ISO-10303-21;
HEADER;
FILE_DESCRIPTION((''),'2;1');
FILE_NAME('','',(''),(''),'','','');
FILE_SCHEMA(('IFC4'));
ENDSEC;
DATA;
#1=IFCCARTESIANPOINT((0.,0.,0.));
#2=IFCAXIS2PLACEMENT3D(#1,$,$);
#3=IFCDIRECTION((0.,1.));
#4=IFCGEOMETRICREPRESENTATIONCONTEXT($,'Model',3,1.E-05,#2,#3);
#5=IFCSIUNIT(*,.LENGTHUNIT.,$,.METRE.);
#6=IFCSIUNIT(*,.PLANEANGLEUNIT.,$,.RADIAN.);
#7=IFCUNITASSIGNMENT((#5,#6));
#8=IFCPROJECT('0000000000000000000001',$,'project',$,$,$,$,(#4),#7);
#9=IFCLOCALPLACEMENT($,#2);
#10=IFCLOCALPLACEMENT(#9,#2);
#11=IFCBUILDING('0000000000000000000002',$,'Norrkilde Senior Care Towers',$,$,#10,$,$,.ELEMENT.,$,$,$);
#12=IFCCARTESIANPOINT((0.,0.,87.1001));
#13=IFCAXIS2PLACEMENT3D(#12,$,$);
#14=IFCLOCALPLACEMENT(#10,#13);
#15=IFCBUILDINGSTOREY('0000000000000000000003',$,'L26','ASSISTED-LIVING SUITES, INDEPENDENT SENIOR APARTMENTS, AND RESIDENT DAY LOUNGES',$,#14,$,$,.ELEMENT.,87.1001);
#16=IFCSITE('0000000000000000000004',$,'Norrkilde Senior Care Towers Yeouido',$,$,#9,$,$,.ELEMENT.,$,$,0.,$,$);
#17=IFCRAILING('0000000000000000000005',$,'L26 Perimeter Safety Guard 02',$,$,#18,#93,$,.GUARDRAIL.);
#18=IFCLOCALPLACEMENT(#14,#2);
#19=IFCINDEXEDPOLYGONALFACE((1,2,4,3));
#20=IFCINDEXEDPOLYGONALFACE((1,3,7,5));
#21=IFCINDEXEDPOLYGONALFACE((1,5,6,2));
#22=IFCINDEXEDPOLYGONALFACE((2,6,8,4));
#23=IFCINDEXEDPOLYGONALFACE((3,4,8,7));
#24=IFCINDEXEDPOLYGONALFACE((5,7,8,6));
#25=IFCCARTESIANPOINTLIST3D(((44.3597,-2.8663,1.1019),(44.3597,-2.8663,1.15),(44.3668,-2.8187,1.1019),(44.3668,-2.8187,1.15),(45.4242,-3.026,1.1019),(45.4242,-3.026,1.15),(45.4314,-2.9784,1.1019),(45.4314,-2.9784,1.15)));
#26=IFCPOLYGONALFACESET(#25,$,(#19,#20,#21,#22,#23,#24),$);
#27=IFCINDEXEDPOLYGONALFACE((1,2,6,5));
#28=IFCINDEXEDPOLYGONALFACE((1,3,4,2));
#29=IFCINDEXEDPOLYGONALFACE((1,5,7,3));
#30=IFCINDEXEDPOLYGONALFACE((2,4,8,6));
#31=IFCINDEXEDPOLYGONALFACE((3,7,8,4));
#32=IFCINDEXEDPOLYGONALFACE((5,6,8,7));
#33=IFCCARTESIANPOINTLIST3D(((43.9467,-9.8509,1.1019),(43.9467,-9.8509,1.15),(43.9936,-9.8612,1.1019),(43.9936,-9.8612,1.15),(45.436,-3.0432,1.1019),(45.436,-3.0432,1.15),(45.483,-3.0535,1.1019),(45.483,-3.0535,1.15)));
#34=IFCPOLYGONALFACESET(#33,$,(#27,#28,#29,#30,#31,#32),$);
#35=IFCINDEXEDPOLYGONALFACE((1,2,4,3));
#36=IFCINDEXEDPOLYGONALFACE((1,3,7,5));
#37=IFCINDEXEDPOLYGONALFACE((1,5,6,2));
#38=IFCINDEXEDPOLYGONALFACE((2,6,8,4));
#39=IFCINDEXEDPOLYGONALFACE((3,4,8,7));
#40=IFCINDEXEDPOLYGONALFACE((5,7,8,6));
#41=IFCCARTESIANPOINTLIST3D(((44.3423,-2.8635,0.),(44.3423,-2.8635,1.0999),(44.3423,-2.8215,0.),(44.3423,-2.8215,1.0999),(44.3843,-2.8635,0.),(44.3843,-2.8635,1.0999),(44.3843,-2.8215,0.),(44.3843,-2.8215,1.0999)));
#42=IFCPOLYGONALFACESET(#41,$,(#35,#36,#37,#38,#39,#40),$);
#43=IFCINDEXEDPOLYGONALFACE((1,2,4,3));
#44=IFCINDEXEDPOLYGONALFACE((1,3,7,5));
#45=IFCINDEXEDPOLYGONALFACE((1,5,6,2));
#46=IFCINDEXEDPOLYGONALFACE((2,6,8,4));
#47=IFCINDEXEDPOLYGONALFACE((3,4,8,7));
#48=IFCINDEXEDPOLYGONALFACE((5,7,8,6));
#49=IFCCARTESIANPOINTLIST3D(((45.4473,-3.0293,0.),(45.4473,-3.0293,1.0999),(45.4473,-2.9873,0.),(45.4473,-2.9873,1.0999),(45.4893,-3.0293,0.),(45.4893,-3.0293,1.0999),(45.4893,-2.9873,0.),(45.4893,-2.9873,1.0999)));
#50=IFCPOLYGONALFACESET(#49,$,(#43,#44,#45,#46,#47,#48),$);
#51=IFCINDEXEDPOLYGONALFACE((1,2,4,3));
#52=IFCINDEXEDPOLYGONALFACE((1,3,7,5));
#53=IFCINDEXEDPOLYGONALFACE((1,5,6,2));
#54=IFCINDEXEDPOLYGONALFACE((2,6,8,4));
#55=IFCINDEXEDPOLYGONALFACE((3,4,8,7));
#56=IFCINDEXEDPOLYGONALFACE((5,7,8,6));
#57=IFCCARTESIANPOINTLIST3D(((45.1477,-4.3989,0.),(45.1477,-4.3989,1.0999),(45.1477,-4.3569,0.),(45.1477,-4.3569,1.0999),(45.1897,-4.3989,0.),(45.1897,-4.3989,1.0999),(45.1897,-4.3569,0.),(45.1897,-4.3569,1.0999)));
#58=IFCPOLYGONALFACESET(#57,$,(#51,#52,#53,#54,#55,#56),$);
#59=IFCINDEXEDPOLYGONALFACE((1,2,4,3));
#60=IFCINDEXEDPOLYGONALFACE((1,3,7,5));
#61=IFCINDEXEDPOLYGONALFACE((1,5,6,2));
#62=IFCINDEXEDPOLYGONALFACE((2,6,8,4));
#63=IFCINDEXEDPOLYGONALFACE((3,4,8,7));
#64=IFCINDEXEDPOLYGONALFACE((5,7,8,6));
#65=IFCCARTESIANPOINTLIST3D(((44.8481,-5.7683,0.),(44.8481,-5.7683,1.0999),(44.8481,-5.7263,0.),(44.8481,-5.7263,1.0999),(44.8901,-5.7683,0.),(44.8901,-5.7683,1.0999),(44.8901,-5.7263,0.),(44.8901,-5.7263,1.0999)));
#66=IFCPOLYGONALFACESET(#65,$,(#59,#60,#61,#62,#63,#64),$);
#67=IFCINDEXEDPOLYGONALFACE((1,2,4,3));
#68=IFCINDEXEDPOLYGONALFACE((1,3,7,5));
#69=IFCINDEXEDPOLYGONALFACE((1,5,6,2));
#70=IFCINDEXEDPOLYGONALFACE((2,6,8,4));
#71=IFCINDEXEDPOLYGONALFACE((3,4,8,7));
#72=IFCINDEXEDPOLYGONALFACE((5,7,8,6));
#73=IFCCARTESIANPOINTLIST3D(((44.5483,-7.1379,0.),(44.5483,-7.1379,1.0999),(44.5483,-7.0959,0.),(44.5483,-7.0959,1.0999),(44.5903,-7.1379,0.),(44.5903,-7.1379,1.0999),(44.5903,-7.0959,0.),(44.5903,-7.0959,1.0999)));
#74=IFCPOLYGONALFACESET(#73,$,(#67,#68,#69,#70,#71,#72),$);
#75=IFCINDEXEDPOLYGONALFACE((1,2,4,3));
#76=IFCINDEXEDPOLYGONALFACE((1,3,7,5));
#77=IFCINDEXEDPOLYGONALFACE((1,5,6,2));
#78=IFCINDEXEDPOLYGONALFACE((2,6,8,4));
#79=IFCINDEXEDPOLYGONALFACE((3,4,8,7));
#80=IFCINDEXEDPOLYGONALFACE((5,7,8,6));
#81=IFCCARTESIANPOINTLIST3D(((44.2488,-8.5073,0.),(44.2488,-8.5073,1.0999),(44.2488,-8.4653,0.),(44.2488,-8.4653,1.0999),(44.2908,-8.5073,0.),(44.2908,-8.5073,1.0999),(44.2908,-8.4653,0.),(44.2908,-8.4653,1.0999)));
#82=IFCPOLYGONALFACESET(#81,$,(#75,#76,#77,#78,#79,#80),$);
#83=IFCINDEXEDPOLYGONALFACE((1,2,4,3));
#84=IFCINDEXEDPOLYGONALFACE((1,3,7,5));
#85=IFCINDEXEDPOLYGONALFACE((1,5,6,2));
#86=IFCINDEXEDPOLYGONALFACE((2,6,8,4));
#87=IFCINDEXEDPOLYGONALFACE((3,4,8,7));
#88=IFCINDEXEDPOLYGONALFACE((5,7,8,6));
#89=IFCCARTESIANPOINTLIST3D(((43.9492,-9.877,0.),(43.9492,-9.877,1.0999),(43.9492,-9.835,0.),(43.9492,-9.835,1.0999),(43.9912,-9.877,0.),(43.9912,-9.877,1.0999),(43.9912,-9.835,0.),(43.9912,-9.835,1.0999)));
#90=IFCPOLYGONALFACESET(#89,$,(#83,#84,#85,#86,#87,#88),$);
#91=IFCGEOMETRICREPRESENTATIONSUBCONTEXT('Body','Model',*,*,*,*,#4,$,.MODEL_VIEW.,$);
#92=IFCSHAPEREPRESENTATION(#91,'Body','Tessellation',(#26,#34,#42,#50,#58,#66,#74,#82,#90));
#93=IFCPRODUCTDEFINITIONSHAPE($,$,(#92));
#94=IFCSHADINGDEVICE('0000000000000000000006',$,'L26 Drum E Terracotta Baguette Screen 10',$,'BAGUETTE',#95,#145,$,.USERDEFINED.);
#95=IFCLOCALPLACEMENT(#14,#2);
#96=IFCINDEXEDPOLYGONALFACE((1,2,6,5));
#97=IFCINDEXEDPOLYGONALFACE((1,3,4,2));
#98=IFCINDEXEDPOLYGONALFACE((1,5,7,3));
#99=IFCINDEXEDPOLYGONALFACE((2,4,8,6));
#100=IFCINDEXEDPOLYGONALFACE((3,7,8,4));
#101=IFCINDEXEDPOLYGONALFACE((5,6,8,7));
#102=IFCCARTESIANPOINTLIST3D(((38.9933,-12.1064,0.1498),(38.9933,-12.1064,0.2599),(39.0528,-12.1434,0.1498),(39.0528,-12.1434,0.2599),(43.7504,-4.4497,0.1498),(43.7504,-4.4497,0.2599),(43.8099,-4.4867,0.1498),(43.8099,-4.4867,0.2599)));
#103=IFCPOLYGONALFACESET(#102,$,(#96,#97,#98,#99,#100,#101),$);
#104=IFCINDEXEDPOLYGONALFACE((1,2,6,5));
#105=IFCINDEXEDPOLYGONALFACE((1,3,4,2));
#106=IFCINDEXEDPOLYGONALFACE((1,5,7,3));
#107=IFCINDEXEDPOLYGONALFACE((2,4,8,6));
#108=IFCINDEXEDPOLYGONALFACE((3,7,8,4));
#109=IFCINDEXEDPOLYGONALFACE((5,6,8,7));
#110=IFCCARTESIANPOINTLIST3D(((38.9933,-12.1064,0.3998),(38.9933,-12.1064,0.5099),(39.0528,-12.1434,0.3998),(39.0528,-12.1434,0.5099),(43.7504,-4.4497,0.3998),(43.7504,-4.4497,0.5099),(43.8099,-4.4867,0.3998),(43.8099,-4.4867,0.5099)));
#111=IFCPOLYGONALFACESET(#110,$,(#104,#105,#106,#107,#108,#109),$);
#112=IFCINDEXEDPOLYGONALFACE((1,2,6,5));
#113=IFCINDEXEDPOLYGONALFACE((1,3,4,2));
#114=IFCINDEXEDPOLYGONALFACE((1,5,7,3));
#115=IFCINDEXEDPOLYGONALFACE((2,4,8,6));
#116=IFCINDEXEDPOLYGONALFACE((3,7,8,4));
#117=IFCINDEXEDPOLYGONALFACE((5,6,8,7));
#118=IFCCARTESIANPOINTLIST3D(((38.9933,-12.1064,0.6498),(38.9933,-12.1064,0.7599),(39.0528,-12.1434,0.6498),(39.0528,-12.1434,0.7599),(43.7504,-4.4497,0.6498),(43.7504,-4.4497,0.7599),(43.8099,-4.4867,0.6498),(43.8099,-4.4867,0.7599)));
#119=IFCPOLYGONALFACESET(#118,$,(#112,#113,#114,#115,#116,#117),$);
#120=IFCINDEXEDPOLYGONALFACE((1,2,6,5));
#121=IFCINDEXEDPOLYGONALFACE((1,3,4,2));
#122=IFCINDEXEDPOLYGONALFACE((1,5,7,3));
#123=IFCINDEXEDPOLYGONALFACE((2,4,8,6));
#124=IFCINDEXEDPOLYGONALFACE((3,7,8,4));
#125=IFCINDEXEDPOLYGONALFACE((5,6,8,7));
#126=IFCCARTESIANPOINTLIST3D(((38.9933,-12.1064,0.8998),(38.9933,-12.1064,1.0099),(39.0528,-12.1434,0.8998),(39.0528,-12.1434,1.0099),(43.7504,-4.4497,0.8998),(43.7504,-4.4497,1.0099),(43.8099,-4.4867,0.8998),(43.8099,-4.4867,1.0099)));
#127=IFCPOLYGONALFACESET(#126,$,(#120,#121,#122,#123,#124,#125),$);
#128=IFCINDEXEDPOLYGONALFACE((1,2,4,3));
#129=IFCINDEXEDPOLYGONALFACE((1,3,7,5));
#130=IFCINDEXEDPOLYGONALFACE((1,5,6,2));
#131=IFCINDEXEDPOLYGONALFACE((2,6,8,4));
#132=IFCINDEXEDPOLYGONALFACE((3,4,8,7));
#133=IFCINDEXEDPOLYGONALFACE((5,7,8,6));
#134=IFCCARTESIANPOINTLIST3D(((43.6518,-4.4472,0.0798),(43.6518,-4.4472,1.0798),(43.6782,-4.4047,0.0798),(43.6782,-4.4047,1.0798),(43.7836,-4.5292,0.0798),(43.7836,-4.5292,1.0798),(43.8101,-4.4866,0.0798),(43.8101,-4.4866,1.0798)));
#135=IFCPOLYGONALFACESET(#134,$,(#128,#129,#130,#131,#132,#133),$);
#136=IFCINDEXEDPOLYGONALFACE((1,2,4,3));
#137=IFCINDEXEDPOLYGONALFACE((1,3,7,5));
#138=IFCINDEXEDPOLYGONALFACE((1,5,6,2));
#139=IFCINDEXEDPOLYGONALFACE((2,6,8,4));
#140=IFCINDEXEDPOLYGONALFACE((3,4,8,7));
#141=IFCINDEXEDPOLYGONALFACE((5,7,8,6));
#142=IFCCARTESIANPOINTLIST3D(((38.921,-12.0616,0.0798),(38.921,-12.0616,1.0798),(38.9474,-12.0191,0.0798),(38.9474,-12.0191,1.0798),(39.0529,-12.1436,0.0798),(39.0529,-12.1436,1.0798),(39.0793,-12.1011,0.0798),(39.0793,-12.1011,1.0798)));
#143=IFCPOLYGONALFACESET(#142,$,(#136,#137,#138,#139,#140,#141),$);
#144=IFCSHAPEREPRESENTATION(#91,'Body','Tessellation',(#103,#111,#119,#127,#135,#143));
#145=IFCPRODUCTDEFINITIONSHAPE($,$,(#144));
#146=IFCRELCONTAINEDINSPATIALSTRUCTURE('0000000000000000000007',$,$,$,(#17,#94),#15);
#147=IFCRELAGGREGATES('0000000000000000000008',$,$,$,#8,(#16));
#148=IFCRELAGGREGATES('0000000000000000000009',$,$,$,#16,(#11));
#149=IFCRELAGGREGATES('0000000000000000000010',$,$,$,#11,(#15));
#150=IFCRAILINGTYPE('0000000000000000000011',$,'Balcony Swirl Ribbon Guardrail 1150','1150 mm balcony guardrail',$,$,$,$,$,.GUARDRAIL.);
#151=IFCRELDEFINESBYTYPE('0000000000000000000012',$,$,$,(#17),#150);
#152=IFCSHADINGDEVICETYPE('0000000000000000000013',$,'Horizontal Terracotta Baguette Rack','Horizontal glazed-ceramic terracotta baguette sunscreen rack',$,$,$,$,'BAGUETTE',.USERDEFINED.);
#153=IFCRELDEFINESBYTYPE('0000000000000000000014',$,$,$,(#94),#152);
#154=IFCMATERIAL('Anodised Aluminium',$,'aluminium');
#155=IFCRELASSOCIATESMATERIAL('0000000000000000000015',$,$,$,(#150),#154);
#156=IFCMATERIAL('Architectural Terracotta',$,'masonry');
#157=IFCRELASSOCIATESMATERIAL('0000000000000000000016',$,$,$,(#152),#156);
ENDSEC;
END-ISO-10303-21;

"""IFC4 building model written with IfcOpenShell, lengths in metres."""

from ifc_helpers import new_model, si_unit, direction, frame, origin, origin_2d, place, context, subcontext, project, spatial, rectangle, extrude, source, transform, mapped, material, type_object, type_shapes, element, save


model = new_model("IFC4")

# Units and contexts
model_context = context("Model", 3, precision=1e-05, world=origin(), true_north=direction((0.0, 1.0)))
body_context = subcontext(model_context, "Body", "Model", "MODEL_VIEW")
ifc_project = project(units=[si_unit("LENGTHUNIT", "METRE"), si_unit("PLANEANGLEUNIT", "RADIAN")], contexts=[model_context])

# Site, building, storey
site_placement = place(None, origin())
site = spatial("IfcSite", under=ifc_project, at=site_placement, Name="Norrkilde Senior Care Towers Yeouido", CompositionType="ELEMENT", RefElevation=0.0)
building_placement = place(site_placement, origin())
building = spatial("IfcBuilding", under=site, at=building_placement, Name="Norrkilde Senior Care Towers", CompositionType="ELEMENT")
storey_placement = place(building_placement, frame((0.0, 0.0, 87.1001)))
storey = spatial("IfcBuildingStorey", under=building, at=storey_placement, Name="L26", Description="ASSISTED-LIVING SUITES, INDEPENDENT SENIOR APARTMENTS, AND RESIDENT DAY LOUNGES", CompositionType="ELEMENT", Elevation=87.1001)

# Shared definitions
ifc_material_1 = material(Name="Anodised Aluminium", Category="aluminium")

# Railing
railing_type = type_object("IfcRailingType", Name="Balcony Swirl Ribbon Guardrail 1150", Description="1150 mm balcony guardrail", PredefinedType="GUARDRAIL", material=ifc_material_1)
railing_1_placement = place(storey_placement, frame((44.3633, -2.8425, 0.0)))
element("IfcRailing", 1, at=railing_1_placement, inside=storey, type_object=railing_type, Name="L26 Perimeter Safety Guard 02", PredefinedType="GUARDRAIL", context=body_context, shape_type="SweptSolid", body=[
    extrude(rectangle(XDim=0.0481, YDim=0.0481, at=origin_2d()), frame((0.0, 0.0, 1.126), z_axis=(0.988933, -0.148362, 0.0), x_axis=(0.148362, 0.988933, 0.0)), (0.0, 0.0, 1.0), 1.0764),
    extrude(rectangle(XDim=0.0481, YDim=0.0481, at=origin_2d()), frame((1.0962, -0.2058, 1.126), z_axis=(-0.213713, -0.976896, 0.0), x_axis=(0.976896, -0.213713, 0.0)), (0.0, 0.0, 1.0), 6.9688),
    extrude(rectangle(XDim=0.042, YDim=0.042, at=origin_2d()), origin(), (0.0, 0.0, 1.0), 1.0999),
    extrude(rectangle(XDim=0.042, YDim=0.042, at=origin_2d()), frame((1.105, -0.1658, 0.0)), (0.0, 0.0, 1.0), 1.0999),
    extrude(rectangle(XDim=0.042, YDim=0.042, at=origin_2d()), frame((0.8054, -1.5354, 0.0)), (0.0, 0.0, 1.0), 1.0999),
    extrude(rectangle(XDim=0.042, YDim=0.042, at=origin_2d()), frame((0.5059, -2.9048, 0.0)), (0.0, 0.0, 1.0), 1.0999),
    extrude(rectangle(XDim=0.042, YDim=0.042, at=origin_2d()), frame((0.2061, -4.2744, 0.0)), (0.0, 0.0, 1.0), 1.0999),
    extrude(rectangle(XDim=0.042, YDim=0.042, at=origin_2d()), frame((-0.0935, -5.6438, 0.0)), (0.0, 0.0, 1.0), 1.0999),
    extrude(rectangle(XDim=0.042, YDim=0.042, at=origin_2d()), frame((-0.3931, -7.0134, 0.0)), (0.0, 0.0, 1.0), 1.0999),
])

# Shading device
ifc_material_2 = material(Name="Architectural Terracotta", Category="masonry")
shading_device_type = type_object("IfcShadingDeviceType", Name="Horizontal Terracotta Baguette Rack", Description="Horizontal glazed-ceramic terracotta baguette sunscreen rack", ElementType="BAGUETTE", PredefinedType="USERDEFINED", material=ifc_material_2)
shared_shape_1 = source(origin(), body_context, "Body", "SweptSolid", [
    extrude(rectangle(XDim=0.0701, YDim=0.1101, at=origin_2d()), frame((0.0, 0.0901, 0.125), z_axis=(1.0, 0.0, 0.0), x_axis=(0.0, 1.0, 0.0)), (0.0, 0.0, 1.0), 9.0142),
    extrude(rectangle(XDim=0.0701, YDim=0.1101, at=origin_2d()), frame((0.0, 0.0901, 0.375), z_axis=(1.0, 0.0, 0.0), x_axis=(0.0, 1.0, 0.0)), (0.0, 0.0, 1.0), 9.0142),
    extrude(rectangle(XDim=0.0701, YDim=0.1101, at=origin_2d()), frame((0.0, 0.0901, 0.625), z_axis=(1.0, 0.0, 0.0), x_axis=(0.0, 1.0, 0.0)), (0.0, 0.0, 1.0), 9.0142),
    extrude(rectangle(XDim=0.0701, YDim=0.1101, at=origin_2d()), frame((0.0, 0.0901, 0.875), z_axis=(1.0, 0.0, 0.0), x_axis=(0.0, 1.0, 0.0)), (0.0, 0.0, 1.0), 9.0142),
    extrude(rectangle(XDim=0.05, YDim=0.1553, at=origin_2d()), frame((0.0249, 0.0476, 0.0)), (0.0, 0.0, 1.0), 1.0),
    extrude(rectangle(XDim=0.05, YDim=0.1553, at=origin_2d()), frame((8.9893, 0.0476, 0.0)), (0.0, 0.0, 1.0), 1.0),
])
type_shapes(shading_device_type, [shared_shape_1])
shading_device_placement = place(storey_placement, frame((43.7036, -4.4207, 0.0798), z_axis=(0.0, 0.0, 1.0), x_axis=(-0.527734, -0.849412, 0.0)))
element("IfcShadingDevice", 2, at=shading_device_placement, inside=storey, type_object=shading_device_type, Name="L26 Drum E Terracotta Baguette Screen 10", ObjectType="BAGUETTE", PredefinedType="USERDEFINED", context=body_context, shape_type="MappedRepresentation", body=[
    mapped(shared_shape_1, transform((0.0, 0.0, 0.0), x_axis=(1.0, 0.0, 0.0), y_axis=(0.0, 1.0, 0.0), z_axis=(0.0, 0.0, 1.0), scale=1.0)),
])

save(model, "model.ifc")
